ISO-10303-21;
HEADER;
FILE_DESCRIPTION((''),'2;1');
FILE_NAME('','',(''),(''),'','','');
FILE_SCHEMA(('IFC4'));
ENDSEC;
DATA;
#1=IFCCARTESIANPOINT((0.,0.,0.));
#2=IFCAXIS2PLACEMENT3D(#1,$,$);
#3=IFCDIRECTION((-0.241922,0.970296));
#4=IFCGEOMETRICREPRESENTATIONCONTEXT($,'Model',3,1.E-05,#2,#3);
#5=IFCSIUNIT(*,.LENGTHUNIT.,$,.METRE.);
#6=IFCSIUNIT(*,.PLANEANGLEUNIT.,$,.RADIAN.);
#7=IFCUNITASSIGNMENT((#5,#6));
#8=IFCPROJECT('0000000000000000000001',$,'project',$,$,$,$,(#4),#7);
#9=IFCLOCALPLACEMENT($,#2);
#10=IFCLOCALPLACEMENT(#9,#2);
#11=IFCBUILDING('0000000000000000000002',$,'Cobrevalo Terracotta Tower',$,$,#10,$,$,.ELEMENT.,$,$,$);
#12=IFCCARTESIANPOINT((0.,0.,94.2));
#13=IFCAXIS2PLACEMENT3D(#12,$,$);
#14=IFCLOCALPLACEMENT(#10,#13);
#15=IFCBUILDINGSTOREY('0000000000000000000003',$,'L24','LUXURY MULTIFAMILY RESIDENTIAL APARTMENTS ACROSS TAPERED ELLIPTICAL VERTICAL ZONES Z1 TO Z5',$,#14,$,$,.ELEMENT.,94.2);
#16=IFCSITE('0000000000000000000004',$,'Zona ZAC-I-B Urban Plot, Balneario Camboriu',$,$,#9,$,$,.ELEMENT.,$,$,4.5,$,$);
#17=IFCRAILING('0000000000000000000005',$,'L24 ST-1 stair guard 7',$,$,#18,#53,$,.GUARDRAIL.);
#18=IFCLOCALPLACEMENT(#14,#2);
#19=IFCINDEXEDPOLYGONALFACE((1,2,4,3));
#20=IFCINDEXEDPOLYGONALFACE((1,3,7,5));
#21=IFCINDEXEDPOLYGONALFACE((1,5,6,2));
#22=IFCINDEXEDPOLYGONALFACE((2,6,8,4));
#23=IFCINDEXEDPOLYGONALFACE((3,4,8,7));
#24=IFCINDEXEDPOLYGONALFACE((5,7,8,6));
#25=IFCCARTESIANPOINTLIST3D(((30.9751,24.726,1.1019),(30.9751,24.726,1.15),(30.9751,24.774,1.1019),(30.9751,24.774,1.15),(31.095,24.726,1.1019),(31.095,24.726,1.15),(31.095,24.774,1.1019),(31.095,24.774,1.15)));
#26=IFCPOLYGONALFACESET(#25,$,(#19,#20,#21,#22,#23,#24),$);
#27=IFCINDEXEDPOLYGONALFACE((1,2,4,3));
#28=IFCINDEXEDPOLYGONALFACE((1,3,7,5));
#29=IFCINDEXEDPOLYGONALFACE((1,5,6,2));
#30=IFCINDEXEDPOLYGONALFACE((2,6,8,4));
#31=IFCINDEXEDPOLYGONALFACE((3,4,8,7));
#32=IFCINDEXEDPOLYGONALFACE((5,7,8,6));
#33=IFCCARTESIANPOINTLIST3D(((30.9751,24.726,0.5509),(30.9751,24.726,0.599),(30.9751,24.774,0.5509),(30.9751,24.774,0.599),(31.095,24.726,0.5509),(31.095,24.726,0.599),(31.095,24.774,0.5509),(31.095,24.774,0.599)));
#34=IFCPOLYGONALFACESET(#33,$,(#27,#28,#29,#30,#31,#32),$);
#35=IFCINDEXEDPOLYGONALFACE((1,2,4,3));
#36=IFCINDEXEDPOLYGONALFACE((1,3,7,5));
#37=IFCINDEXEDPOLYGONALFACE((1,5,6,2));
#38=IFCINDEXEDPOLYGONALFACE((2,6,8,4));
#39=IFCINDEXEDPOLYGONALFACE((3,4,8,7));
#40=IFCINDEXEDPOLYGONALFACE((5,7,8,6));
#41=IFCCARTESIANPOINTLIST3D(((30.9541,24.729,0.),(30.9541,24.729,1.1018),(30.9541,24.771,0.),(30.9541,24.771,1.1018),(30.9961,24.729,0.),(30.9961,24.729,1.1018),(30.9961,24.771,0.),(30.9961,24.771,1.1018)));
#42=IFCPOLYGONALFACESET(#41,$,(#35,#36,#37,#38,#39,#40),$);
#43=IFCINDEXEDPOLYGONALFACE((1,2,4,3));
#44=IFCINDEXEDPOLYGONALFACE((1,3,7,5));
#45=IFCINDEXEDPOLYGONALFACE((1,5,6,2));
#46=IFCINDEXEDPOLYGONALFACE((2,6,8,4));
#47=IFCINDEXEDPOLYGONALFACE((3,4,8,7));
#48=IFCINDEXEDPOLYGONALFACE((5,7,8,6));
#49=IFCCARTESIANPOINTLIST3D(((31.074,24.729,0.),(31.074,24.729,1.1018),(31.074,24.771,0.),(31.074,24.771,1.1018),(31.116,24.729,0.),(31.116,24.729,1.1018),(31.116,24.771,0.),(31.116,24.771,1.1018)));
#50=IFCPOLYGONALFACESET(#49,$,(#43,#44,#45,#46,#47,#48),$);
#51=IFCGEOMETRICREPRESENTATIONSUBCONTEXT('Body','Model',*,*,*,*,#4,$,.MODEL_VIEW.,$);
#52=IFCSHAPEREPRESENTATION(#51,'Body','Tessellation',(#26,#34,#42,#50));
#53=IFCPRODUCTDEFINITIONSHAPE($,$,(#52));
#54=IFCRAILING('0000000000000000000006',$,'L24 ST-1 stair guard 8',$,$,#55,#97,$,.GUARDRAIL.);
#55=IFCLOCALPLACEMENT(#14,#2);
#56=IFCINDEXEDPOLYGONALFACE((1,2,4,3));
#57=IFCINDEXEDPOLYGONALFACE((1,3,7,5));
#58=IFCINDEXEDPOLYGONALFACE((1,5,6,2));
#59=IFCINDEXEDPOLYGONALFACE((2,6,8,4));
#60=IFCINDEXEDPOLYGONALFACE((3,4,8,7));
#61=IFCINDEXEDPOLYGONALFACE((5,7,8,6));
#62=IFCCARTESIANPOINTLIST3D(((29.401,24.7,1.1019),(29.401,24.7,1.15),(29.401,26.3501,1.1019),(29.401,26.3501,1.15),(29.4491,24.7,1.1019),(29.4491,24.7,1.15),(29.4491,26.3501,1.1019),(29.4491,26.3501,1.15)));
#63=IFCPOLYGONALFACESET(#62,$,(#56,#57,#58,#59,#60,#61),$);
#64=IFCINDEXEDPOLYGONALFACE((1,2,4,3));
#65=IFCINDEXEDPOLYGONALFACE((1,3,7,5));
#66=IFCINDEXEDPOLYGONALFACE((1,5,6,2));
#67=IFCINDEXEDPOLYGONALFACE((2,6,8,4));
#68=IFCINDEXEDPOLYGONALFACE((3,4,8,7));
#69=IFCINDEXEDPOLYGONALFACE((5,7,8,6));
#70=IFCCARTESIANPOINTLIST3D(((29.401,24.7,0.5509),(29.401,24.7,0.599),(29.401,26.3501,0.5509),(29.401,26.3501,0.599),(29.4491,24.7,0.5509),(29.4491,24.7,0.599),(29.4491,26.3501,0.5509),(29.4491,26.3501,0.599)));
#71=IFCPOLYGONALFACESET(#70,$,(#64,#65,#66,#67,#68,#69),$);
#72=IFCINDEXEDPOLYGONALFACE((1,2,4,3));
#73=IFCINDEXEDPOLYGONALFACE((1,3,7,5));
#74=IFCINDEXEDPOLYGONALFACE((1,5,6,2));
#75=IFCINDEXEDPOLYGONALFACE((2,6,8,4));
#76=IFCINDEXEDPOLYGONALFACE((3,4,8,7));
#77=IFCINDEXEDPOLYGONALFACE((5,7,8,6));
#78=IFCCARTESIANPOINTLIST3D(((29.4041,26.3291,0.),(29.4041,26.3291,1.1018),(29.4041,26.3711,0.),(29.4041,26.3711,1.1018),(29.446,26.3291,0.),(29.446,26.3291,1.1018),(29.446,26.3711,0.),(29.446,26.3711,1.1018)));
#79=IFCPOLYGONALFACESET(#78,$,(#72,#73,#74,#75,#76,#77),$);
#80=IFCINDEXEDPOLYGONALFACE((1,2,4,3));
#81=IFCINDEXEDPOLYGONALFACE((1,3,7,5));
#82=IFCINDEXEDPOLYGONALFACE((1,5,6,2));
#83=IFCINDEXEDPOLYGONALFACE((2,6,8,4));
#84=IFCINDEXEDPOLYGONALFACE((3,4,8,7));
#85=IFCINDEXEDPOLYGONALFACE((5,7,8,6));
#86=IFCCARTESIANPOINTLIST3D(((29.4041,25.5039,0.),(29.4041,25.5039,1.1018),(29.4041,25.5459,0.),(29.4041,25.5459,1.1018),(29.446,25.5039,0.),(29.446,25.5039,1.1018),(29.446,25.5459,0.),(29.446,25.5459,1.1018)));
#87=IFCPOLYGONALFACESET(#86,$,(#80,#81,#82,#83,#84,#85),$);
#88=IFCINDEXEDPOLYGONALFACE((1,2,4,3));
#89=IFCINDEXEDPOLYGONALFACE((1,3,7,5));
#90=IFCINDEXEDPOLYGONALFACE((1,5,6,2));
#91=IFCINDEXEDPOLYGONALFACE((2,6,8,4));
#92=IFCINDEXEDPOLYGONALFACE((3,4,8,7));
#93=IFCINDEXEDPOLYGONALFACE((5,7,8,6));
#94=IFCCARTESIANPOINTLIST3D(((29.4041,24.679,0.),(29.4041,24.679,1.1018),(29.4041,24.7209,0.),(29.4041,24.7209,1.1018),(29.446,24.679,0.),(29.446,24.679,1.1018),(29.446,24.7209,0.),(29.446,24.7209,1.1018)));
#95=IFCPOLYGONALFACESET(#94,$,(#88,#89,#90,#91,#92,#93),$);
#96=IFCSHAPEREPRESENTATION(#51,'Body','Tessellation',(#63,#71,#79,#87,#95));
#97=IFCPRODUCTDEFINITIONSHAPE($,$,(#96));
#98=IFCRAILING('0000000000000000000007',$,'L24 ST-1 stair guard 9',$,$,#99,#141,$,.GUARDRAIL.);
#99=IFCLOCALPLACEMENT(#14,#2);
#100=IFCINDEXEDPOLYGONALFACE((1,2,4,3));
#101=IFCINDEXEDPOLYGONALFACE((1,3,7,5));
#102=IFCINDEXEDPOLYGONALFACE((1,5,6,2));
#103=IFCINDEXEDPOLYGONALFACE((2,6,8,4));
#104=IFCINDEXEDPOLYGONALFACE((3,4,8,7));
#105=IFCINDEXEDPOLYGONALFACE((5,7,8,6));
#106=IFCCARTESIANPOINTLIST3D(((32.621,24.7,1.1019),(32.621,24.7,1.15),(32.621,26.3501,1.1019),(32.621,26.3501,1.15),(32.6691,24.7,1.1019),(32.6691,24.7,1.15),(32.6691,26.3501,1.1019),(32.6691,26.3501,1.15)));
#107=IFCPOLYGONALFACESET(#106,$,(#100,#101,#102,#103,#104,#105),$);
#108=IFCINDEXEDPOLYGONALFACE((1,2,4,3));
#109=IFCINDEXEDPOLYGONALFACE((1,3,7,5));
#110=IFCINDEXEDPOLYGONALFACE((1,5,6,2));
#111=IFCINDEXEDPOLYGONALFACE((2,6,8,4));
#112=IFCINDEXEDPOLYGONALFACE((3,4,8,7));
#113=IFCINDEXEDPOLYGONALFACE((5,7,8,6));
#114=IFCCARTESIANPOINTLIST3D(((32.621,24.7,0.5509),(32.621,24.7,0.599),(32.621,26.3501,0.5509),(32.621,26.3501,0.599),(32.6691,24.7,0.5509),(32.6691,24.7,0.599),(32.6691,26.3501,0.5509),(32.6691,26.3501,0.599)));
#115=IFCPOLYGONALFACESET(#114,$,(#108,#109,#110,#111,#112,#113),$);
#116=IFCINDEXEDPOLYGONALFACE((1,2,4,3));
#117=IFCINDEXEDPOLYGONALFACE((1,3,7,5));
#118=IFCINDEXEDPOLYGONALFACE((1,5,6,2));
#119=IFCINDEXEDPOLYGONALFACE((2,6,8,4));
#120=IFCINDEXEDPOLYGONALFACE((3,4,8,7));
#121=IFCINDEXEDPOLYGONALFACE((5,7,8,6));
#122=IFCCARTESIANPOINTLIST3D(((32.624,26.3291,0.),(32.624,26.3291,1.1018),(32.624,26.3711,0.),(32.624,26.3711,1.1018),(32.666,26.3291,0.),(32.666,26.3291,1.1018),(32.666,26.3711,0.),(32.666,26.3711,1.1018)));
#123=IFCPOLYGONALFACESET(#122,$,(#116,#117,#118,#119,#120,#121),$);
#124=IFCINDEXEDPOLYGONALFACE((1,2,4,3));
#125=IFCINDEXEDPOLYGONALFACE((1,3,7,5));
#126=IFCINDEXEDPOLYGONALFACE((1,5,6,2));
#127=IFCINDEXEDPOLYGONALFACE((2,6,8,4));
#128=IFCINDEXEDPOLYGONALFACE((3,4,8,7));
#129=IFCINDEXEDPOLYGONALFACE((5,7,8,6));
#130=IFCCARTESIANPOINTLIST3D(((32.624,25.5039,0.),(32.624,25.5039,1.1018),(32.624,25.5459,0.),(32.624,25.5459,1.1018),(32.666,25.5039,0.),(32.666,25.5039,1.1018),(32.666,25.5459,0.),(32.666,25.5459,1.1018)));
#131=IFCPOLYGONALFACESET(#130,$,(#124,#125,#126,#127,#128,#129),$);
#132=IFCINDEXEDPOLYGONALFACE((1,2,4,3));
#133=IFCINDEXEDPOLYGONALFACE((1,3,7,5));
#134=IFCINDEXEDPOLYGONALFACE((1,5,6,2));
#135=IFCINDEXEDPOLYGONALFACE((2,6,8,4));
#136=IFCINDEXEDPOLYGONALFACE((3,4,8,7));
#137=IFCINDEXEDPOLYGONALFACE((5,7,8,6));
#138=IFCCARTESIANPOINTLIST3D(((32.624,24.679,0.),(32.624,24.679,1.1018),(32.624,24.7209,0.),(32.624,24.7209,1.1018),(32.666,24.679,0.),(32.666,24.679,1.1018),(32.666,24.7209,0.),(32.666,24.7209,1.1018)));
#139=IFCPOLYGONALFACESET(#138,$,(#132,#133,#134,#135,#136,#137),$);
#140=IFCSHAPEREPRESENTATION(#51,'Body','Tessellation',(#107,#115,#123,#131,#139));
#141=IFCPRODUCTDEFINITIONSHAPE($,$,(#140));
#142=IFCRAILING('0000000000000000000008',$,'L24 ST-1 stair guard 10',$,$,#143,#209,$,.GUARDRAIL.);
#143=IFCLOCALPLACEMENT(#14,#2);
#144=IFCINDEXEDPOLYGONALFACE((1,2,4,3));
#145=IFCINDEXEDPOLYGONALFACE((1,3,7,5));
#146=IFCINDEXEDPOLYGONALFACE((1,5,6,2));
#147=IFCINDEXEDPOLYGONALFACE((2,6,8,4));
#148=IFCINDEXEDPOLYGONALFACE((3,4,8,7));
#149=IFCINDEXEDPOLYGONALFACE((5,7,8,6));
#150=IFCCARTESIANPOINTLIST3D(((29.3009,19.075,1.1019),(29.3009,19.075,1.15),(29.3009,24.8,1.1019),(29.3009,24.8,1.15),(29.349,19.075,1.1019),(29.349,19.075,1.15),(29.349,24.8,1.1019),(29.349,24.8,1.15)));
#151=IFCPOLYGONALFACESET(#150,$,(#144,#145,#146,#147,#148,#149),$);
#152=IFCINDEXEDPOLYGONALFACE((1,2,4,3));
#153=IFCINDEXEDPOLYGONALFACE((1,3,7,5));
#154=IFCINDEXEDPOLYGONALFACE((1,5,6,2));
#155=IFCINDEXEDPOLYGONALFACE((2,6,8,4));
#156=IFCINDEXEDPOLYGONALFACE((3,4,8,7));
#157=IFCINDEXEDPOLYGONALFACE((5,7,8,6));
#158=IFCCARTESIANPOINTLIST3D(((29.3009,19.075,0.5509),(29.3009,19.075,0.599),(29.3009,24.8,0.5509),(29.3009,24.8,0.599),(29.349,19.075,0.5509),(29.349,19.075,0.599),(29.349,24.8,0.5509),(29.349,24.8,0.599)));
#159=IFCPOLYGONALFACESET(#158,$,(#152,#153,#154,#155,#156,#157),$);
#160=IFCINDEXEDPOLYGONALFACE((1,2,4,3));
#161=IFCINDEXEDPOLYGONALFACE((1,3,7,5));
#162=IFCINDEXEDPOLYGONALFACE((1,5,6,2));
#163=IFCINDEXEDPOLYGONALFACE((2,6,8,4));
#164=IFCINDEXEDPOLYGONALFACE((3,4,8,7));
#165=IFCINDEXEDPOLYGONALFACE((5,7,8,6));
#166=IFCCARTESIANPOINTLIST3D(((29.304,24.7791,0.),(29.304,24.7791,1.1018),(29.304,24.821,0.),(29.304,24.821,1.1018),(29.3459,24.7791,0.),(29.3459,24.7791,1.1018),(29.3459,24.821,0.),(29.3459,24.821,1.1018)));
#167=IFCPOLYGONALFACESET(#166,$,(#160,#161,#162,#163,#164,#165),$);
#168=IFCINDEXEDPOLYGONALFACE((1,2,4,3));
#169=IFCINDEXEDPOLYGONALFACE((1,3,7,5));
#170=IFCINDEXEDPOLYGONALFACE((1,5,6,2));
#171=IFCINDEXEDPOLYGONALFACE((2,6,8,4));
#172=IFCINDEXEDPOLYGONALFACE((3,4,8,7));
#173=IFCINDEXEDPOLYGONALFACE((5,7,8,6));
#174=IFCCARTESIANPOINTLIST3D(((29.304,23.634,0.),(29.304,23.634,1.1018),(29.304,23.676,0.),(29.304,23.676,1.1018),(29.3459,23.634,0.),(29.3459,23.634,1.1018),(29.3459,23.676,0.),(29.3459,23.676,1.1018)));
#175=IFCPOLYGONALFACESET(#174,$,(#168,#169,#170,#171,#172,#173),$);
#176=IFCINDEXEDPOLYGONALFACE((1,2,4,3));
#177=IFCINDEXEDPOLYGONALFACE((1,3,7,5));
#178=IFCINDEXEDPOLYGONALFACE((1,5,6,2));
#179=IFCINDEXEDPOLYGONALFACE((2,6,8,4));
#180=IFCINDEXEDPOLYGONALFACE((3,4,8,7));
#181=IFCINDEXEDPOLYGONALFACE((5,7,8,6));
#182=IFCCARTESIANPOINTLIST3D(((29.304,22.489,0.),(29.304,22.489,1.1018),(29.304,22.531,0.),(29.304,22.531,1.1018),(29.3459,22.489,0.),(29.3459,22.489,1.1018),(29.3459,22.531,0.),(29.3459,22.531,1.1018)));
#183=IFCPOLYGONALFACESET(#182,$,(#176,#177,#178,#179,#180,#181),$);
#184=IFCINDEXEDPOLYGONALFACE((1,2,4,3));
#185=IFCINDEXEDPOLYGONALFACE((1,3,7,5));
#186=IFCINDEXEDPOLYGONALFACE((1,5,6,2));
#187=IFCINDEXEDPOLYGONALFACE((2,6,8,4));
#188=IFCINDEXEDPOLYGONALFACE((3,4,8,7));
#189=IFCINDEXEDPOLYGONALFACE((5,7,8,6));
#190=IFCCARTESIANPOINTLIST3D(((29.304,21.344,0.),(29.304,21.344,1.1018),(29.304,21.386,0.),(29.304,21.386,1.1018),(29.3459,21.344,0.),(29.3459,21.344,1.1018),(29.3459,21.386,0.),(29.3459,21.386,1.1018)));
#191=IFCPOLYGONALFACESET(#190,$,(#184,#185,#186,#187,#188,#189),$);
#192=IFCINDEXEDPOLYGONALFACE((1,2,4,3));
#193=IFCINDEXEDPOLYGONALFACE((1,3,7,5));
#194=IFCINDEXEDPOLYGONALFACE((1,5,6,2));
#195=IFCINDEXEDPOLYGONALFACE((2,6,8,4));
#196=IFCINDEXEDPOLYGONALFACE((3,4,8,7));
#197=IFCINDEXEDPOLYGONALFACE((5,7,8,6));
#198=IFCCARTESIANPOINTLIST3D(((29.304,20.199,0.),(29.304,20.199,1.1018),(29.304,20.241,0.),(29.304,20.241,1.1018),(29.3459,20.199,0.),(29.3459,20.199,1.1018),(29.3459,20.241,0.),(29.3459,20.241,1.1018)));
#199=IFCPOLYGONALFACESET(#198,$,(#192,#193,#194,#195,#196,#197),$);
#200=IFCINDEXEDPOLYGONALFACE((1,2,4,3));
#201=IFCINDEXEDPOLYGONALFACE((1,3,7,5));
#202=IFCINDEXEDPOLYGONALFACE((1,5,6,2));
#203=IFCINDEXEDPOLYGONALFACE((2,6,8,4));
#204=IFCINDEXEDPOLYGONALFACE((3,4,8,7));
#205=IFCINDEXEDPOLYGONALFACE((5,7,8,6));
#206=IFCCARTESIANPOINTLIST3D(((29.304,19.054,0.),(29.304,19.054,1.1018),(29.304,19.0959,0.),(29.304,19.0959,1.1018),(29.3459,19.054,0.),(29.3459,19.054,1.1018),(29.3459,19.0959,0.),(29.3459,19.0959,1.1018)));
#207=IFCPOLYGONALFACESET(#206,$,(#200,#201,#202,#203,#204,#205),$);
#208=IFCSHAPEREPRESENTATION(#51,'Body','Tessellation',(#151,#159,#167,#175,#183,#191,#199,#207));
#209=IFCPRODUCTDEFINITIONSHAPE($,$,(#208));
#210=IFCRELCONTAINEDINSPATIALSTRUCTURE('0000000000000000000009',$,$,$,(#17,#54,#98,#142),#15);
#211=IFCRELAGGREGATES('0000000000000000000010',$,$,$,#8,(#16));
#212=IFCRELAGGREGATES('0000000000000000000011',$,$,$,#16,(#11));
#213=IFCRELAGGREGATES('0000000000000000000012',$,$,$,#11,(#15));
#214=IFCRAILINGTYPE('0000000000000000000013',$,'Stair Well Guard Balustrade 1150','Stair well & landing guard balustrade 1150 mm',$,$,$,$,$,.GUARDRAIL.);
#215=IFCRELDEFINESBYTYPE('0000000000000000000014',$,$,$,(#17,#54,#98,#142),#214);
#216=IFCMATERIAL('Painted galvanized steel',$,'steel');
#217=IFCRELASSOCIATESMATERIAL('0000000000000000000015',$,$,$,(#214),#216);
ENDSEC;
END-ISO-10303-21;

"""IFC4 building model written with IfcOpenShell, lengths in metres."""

from ifc_helpers import new_model, si_unit, direction, frame, origin, origin_2d, place, context, subcontext, project, spatial, rectangle, extrude, material, type_object, element, save


model = new_model("IFC4")

# Units and contexts
model_context = context("Model", 3, precision=1e-05, world=origin(), true_north=direction((-0.241922, 0.970296)))
body_context = subcontext(model_context, "Body", "Model", "MODEL_VIEW")
ifc_project = project(units=[si_unit("LENGTHUNIT", "METRE"), si_unit("PLANEANGLEUNIT", "RADIAN")], contexts=[model_context])

# Site, building, storey
site_placement = place(None, origin())
site = spatial("IfcSite", under=ifc_project, at=site_placement, Name="Zona ZAC-I-B Urban Plot, Balneario Camboriu", CompositionType="ELEMENT", RefElevation=4.5)
building_placement = place(site_placement, origin())
building = spatial("IfcBuilding", under=site, at=building_placement, Name="Cobrevalo Terracotta Tower", CompositionType="ELEMENT")
storey_placement = place(building_placement, frame((0.0, 0.0, 94.2)))
storey = spatial("IfcBuildingStorey", under=building, at=storey_placement, Name="L24", Description="LUXURY MULTIFAMILY RESIDENTIAL APARTMENTS ACROSS TAPERED ELLIPTICAL VERTICAL ZONES Z1 TO Z5", CompositionType="ELEMENT", Elevation=94.2)

# Railings
ifc_material_1 = material(Name="Painted galvanized steel", Category="steel")
railing_type_1 = type_object("IfcRailingType", Name="Stair Well Guard Balustrade 1150", Description="Stair well & landing guard balustrade 1150 mm", PredefinedType="GUARDRAIL", material=ifc_material_1)
railing_1_placement = place(storey_placement, frame((30.9751, 24.75, 0.0)))
element("IfcRailing", 1, at=railing_1_placement, inside=storey, type_object=railing_type_1, Name="L24 ST-1 stair guard 7", PredefinedType="GUARDRAIL", context=body_context, shape_type="SweptSolid", body=[
    extrude(rectangle(XDim=0.0481, YDim=0.0481, at=origin_2d()), frame((0.0, 0.0, 1.126), z_axis=(1.0, 0.0, 0.0), x_axis=(0.0, 1.0, 0.0)), (0.0, 0.0, 1.0), 0.1199),
    extrude(rectangle(XDim=0.0481, YDim=0.0481, at=origin_2d()), frame((0.0, 0.0, 0.575), z_axis=(1.0, 0.0, 0.0), x_axis=(0.0, 1.0, 0.0)), (0.0, 0.0, 1.0), 0.1199),
    extrude(rectangle(XDim=0.042, YDim=0.042, at=origin_2d()), origin(), (0.0, 0.0, 1.0), 1.1018),
    extrude(rectangle(XDim=0.042, YDim=0.042, at=origin_2d()), frame((0.1199, 0.0, 0.0)), (0.0, 0.0, 1.0), 1.1018),
])
for number, where, name in (
    (2, (29.425, 26.3501, 0.0), "L24 ST-1 stair guard 8"),
    (3, (32.645, 26.3501, 0.0), "L24 ST-1 stair guard 9"),
):
    element("IfcRailing", number, at=place(storey_placement, frame(where)), inside=storey, type_object=railing_type_1, Name=name, PredefinedType="GUARDRAIL", context=body_context, shape_type="SweptSolid", body=[
        extrude(rectangle(XDim=0.0481, YDim=0.0481, at=origin_2d()), frame((0.0, 0.0, 1.126), z_axis=(0.0, -1.0, 0.0), x_axis=(1.0, 0.0, 0.0)), (0.0, 0.0, 1.0), 1.6501),
        extrude(rectangle(XDim=0.0481, YDim=0.0481, at=origin_2d()), frame((0.0, 0.0, 0.575), z_axis=(0.0, -1.0, 0.0), x_axis=(1.0, 0.0, 0.0)), (0.0, 0.0, 1.0), 1.6501),
        extrude(rectangle(XDim=0.042, YDim=0.042, at=origin_2d()), origin(), (0.0, 0.0, 1.0), 1.1018),
        extrude(rectangle(XDim=0.042, YDim=0.042, at=origin_2d()), frame((0.0, -0.8252, 0.0)), (0.0, 0.0, 1.0), 1.1018),
        extrude(rectangle(XDim=0.042, YDim=0.042, at=origin_2d()), frame((0.0, -1.6501, 0.0)), (0.0, 0.0, 1.0), 1.1018),
    ])
for number, where, name in (
    (4, (29.325, 24.8, 0.0), "L24 ST-1 stair guard 10"),
):
    element("IfcRailing", number, at=place(storey_placement, frame(where)), inside=storey, type_object=railing_type_1, Name=name, PredefinedType="GUARDRAIL", context=body_context, shape_type="SweptSolid", body=[
        extrude(rectangle(XDim=0.0481, YDim=0.0481, at=origin_2d()), frame((0.0, 0.0, 1.126), z_axis=(0.0, -1.0, 0.0), x_axis=(1.0, 0.0, 0.0)), (0.0, 0.0, 1.0), 5.7251),
        extrude(rectangle(XDim=0.0481, YDim=0.0481, at=origin_2d()), frame((0.0, 0.0, 0.575), z_axis=(0.0, -1.0, 0.0), x_axis=(1.0, 0.0, 0.0)), (0.0, 0.0, 1.0), 5.7251),
        extrude(rectangle(XDim=0.042, YDim=0.042, at=origin_2d()), origin(), (0.0, 0.0, 1.0), 1.1018),
        extrude(rectangle(XDim=0.042, YDim=0.042, at=origin_2d()), frame((0.0, -1.145, 0.0)), (0.0, 0.0, 1.0), 1.1018),
        extrude(rectangle(XDim=0.042, YDim=0.042, at=origin_2d()), frame((0.0, -2.29, 0.0)), (0.0, 0.0, 1.0), 1.1018),
        extrude(rectangle(XDim=0.042, YDim=0.042, at=origin_2d()), frame((0.0, -3.4351, 0.0)), (0.0, 0.0, 1.0), 1.1018),
        extrude(rectangle(XDim=0.042, YDim=0.042, at=origin_2d()), frame((0.0, -4.5801, 0.0)), (0.0, 0.0, 1.0), 1.1018),
        extrude(rectangle(XDim=0.042, YDim=0.042, at=origin_2d()), frame((0.0, -5.7251, 0.0)), (0.0, 0.0, 1.0), 1.1018),
    ])

save(model, "model.ifc")
